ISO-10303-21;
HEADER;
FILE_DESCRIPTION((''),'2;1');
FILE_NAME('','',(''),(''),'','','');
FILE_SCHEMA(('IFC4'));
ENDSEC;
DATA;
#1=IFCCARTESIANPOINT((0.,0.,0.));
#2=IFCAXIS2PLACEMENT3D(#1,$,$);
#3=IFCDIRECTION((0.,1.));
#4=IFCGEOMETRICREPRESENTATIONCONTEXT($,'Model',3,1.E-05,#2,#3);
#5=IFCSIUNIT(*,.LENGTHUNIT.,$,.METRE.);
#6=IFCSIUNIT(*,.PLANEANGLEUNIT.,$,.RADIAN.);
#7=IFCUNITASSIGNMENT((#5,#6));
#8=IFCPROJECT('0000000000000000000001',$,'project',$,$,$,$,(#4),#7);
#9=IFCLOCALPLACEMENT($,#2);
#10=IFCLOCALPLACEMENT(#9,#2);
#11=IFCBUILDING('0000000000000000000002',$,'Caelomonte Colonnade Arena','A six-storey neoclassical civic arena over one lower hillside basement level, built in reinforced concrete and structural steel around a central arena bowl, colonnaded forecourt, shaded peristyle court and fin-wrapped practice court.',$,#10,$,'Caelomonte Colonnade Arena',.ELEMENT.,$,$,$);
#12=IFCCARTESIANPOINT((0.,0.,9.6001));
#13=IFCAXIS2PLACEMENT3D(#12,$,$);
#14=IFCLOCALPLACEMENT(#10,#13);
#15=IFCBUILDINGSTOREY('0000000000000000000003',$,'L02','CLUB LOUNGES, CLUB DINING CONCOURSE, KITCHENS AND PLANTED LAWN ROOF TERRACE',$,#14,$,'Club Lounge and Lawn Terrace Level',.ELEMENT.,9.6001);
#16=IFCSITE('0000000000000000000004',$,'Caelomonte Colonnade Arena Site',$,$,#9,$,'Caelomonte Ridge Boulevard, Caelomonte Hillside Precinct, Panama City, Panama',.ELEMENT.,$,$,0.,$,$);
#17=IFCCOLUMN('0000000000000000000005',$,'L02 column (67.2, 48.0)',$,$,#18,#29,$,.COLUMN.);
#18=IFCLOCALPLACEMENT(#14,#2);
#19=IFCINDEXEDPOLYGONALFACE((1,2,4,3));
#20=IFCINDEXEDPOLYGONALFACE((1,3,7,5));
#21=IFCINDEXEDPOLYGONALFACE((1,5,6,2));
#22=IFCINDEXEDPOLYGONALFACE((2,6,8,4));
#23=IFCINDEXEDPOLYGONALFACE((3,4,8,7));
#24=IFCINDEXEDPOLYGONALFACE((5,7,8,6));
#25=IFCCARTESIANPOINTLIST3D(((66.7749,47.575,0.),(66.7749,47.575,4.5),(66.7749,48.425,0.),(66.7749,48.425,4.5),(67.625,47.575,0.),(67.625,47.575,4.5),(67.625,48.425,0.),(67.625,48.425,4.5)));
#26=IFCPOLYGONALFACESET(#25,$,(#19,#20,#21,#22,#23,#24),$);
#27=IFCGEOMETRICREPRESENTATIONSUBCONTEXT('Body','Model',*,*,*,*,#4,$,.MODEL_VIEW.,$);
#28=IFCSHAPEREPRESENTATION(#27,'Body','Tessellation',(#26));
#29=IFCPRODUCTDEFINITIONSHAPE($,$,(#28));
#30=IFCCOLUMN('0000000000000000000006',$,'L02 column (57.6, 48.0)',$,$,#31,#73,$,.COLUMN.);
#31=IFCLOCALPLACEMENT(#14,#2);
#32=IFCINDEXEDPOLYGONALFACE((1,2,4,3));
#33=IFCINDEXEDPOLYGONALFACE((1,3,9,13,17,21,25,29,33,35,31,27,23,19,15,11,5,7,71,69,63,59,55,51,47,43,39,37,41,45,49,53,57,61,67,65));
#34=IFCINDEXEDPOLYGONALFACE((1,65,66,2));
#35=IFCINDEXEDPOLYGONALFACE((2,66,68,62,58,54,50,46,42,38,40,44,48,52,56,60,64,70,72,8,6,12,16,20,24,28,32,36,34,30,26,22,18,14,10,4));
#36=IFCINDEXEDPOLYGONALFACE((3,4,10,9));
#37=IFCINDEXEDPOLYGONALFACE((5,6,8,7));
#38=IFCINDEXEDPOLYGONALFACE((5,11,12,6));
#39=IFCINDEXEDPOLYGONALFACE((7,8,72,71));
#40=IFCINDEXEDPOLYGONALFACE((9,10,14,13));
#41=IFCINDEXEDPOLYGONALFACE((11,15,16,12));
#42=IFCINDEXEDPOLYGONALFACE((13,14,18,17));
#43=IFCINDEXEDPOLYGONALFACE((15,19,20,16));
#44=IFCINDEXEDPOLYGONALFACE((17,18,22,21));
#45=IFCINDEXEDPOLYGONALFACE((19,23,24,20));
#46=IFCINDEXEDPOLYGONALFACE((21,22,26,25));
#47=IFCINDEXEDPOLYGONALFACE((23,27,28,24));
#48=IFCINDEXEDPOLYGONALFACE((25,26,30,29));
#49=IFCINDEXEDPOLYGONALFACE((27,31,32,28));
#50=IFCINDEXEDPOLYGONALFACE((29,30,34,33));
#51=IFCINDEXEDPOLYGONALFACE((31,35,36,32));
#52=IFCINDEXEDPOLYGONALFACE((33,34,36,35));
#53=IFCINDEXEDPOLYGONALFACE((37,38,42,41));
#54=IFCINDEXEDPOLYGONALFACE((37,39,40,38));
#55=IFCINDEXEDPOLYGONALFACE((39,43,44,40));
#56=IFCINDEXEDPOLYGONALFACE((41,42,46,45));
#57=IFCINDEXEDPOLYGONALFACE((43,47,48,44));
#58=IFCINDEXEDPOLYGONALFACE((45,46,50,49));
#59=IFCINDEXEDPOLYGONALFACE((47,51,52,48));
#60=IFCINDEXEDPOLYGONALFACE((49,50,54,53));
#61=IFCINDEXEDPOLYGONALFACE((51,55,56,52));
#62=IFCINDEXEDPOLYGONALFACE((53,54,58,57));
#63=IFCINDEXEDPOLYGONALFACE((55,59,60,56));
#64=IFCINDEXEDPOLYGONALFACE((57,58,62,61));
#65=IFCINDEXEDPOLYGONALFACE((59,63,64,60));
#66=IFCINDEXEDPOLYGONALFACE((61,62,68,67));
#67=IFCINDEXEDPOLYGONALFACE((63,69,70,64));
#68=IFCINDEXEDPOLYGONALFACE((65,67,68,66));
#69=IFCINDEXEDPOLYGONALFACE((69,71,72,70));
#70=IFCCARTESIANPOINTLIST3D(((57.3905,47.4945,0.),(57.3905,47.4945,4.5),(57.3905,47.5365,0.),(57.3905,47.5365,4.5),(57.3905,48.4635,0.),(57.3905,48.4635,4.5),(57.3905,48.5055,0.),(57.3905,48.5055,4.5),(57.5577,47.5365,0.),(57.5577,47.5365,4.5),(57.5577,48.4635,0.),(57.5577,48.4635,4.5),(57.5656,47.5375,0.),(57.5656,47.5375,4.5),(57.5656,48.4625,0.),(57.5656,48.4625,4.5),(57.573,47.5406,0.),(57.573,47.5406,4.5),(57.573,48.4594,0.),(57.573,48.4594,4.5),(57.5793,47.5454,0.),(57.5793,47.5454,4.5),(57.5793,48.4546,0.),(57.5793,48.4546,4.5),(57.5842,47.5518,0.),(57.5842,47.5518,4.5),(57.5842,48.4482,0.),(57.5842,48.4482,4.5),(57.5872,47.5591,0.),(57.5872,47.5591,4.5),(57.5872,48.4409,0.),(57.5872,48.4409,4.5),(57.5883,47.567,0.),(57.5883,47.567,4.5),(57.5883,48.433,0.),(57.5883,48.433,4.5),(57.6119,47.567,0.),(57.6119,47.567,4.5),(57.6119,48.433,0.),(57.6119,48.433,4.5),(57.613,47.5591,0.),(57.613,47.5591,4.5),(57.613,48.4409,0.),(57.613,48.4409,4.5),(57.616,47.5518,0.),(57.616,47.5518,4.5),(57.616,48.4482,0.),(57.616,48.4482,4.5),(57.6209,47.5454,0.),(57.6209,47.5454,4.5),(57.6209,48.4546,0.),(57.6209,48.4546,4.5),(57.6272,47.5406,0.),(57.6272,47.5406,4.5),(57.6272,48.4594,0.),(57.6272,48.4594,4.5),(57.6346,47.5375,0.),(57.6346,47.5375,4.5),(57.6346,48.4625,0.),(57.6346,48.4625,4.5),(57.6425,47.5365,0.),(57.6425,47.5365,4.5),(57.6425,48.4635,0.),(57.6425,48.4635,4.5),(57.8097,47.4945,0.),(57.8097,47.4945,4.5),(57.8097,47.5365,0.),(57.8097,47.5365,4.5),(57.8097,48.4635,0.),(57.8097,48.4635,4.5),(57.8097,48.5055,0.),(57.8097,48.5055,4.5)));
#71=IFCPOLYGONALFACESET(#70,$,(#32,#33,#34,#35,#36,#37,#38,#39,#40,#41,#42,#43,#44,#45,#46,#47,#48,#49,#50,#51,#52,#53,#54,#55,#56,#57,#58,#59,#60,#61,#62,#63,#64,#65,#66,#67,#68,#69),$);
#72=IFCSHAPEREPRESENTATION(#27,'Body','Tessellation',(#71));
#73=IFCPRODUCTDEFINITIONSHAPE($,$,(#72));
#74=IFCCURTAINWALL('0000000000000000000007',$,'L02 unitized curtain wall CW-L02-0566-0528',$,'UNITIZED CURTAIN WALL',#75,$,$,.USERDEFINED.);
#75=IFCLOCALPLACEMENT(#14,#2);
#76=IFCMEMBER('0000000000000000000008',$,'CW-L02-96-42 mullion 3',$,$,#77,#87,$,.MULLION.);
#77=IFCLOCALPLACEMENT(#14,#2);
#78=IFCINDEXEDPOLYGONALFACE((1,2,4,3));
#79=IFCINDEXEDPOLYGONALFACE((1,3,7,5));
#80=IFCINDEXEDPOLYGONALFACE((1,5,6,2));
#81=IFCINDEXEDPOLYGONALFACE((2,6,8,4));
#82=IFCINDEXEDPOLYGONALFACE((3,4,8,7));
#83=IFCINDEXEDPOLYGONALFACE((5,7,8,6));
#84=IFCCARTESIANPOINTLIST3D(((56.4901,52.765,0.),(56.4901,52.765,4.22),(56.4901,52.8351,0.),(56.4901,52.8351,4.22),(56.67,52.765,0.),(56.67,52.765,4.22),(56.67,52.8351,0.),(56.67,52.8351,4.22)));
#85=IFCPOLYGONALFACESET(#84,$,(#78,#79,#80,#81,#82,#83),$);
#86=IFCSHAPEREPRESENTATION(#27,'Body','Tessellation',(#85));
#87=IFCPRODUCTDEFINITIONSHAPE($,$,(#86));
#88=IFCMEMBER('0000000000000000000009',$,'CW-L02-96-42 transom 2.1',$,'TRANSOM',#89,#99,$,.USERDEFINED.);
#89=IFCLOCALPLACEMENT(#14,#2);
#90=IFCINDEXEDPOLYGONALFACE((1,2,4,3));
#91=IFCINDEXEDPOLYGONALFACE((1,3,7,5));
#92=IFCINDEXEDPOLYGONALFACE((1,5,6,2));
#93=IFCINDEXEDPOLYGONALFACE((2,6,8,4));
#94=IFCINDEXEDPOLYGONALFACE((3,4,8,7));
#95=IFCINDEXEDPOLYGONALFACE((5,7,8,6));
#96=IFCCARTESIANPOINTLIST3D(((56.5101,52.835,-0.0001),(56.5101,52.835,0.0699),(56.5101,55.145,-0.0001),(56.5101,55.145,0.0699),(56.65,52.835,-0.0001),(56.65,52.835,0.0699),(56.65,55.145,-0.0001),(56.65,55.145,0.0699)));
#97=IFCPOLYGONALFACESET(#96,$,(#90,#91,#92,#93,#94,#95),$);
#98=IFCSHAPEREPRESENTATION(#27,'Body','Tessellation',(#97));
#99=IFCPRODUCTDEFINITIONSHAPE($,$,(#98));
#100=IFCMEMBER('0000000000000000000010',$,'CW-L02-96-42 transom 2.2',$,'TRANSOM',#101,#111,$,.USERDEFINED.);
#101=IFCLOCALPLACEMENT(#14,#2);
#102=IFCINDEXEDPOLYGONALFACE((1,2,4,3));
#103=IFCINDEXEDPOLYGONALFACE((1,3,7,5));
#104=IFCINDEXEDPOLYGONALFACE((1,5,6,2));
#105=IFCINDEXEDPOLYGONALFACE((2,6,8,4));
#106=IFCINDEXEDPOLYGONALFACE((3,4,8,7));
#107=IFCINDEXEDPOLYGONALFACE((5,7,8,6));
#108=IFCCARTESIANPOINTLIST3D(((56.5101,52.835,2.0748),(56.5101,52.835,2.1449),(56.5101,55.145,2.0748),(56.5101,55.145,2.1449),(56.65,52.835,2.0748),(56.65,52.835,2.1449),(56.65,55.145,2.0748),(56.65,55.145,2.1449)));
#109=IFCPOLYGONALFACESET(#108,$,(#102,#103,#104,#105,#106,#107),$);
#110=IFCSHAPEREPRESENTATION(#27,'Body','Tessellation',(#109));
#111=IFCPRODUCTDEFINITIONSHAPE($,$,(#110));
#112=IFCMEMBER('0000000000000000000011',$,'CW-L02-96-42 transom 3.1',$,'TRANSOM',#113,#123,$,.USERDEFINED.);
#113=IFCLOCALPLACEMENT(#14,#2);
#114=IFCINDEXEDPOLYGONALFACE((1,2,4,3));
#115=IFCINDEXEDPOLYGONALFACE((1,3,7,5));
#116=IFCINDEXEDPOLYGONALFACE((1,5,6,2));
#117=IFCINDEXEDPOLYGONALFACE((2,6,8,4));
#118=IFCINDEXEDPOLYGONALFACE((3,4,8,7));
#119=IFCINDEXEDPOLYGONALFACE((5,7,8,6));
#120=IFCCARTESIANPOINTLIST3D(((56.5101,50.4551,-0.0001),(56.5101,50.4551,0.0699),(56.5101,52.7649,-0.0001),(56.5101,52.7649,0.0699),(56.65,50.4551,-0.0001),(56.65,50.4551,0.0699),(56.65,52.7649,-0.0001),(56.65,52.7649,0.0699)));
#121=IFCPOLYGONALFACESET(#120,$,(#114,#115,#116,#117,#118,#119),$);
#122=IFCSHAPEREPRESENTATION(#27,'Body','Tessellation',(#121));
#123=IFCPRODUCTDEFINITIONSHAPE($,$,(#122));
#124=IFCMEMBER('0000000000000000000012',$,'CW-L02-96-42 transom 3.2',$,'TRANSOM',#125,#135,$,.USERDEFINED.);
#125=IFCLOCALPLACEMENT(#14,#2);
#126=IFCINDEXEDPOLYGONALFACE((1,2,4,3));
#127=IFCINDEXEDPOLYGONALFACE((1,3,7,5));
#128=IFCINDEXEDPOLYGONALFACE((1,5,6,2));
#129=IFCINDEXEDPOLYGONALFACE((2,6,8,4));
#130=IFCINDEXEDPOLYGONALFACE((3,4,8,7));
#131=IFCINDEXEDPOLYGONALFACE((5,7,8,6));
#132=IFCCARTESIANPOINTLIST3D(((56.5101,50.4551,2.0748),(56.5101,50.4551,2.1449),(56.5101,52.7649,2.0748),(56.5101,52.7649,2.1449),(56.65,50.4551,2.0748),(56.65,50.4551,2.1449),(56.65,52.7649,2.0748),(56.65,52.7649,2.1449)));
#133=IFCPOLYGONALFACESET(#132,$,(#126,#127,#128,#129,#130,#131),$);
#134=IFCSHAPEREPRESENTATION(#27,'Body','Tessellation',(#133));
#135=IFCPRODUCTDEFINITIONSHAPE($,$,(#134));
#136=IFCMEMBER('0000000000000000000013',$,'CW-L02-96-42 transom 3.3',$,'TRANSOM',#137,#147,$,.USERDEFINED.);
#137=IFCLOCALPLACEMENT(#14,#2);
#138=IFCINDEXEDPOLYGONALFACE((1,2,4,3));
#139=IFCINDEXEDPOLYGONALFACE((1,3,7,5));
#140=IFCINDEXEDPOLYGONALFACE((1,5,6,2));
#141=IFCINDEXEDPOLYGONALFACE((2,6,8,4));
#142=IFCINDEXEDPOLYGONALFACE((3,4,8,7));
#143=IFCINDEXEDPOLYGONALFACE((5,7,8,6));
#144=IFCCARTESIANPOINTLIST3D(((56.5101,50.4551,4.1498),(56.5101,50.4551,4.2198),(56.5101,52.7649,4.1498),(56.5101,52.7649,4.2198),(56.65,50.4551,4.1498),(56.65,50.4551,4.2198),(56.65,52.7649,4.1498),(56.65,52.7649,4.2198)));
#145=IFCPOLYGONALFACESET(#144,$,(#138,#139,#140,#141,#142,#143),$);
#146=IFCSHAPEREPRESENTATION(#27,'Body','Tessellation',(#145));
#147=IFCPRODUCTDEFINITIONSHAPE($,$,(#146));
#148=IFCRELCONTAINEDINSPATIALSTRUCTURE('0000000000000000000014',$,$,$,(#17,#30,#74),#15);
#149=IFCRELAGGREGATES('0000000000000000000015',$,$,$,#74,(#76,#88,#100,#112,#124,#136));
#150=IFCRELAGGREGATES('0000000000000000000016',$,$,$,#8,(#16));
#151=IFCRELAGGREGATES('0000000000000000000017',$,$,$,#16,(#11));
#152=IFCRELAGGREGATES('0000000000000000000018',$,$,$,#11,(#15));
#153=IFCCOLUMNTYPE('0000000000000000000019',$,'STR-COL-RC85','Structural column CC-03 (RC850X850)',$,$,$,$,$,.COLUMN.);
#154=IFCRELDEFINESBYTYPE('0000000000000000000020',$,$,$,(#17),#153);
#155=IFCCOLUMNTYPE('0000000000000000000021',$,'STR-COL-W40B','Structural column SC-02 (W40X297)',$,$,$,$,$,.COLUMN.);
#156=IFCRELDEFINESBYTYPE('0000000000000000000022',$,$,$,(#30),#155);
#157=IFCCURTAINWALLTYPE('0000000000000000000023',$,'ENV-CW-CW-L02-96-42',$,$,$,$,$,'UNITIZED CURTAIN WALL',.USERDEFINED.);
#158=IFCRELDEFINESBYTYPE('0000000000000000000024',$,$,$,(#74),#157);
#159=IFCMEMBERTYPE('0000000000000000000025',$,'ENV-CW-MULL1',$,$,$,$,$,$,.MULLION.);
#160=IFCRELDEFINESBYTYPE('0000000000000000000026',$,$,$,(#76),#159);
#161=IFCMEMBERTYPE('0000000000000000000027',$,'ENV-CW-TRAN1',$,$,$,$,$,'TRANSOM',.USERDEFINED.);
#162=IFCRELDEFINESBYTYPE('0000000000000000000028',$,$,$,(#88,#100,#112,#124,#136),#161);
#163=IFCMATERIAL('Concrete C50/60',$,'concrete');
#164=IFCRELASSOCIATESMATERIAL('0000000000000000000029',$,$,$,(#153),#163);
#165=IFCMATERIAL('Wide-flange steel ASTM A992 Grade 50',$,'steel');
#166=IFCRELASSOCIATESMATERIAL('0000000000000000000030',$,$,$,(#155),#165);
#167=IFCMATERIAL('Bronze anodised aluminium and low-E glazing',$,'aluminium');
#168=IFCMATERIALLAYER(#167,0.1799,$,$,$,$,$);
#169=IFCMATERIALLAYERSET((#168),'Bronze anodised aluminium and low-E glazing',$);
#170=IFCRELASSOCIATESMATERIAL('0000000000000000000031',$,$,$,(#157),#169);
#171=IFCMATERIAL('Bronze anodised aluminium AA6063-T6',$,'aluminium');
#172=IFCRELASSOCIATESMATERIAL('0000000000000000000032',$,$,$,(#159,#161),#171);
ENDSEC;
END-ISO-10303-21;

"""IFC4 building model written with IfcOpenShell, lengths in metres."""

from ifc_helpers import new_model, si_unit, direction, frame, origin, origin_2d, place, context, subcontext, project, spatial, rectangle, i_section, extrude, material, layer, layer_set, material_profile, profile_set, type_object, element, aggregate, save


model = new_model("IFC4")

# Units and contexts
model_context = context("Model", 3, precision=1e-05, world=origin(), true_north=direction((0.0, 1.0)))
body_context = subcontext(model_context, "Body", "Model", "MODEL_VIEW")
ifc_project = project(units=[si_unit("LENGTHUNIT", "METRE"), si_unit("PLANEANGLEUNIT", "RADIAN")], contexts=[model_context])

# Site, building, storey
site_placement = place(None, origin())
site = spatial("IfcSite", under=ifc_project, at=site_placement, Name="Caelomonte Colonnade Arena Site", LongName="Caelomonte Ridge Boulevard, Caelomonte Hillside Precinct, Panama City, Panama", CompositionType="ELEMENT", RefElevation=0.0)
building_placement = place(site_placement, origin())
building = spatial("IfcBuilding", under=site, at=building_placement, Name="Caelomonte Colonnade Arena", Description="A six-storey neoclassical civic arena over one lower hillside basement level, built in reinforced concrete and structural steel around a central arena bowl, colonnaded forecourt, shaded peristyle court and fin-wrapped practice court.", LongName="Caelomonte Colonnade Arena", CompositionType="ELEMENT")
storey_placement = place(building_placement, frame((0.0, 0.0, 9.6001)))
storey = spatial("IfcBuildingStorey", under=building, at=storey_placement, Name="L02", Description="CLUB LOUNGES, CLUB DINING CONCOURSE, KITCHENS AND PLANTED LAWN ROOF TERRACE", LongName="Club Lounge and Lawn Terrace Level", CompositionType="ELEMENT", Elevation=9.6001)

# Columns
ifc_material_1 = material(Name="Concrete C50/60", Category="concrete")
ifc_material_profile_1 = material_profile(ifc_material_1, rectangle(XDim=0.8501, YDim=0.8501, at=origin_2d()), Name="RC850X850")
ifc_profile_set_1 = profile_set([ifc_material_profile_1], Name="Concrete C50/60")
column_type_1 = type_object("IfcColumnType", Name="STR-COL-RC85", Description="Structural column CC-03 (RC850X850)", PredefinedType="COLUMN", material=ifc_profile_set_1)
column_1_placement = place(storey_placement, frame((67.2, 48.0, 0.0), z_axis=(0.0, 0.0, 1.0), x_axis=(1.0, 0.0, 0.0)))
element("IfcColumn", 1, at=column_1_placement, inside=storey, type_object=column_type_1, Name="L02 column (67.2, 48.0)", PredefinedType="COLUMN", context=body_context, shape_type="SweptSolid", body=[
    extrude(rectangle(XDim=0.8501, YDim=0.8501, at=origin_2d()), origin(), (0.0, 0.0, 1.0), 4.5),
])
ifc_material_2 = material(Name="Wide-flange steel ASTM A992 Grade 50", Category="steel")
ifc_material_profile_2 = material_profile(ifc_material_2, i_section(OverallWidth=0.4192, OverallDepth=1.011, WebThickness=0.0237, FlangeThickness=0.042, FilletRadius=0.0305, at=origin_2d()), Name="W40X297")
ifc_profile_set_2 = profile_set([ifc_material_profile_2], Name="Wide-flange steel ASTM A992 Grade 50")
column_type_2 = type_object("IfcColumnType", Name="STR-COL-W40B", Description="Structural column SC-02 (W40X297)", PredefinedType="COLUMN", material=ifc_profile_set_2)
column_2_placement = place(storey_placement, frame((57.6001, 48.0, 0.0), z_axis=(0.0, 0.0, 1.0), x_axis=(1.0, 0.0, 0.0)))
element("IfcColumn", 2, at=column_2_placement, inside=storey, type_object=column_type_2, Name="L02 column (57.6, 48.0)", PredefinedType="COLUMN", context=body_context, shape_type="SweptSolid", body=[
    extrude(i_section(OverallWidth=0.4192, OverallDepth=1.011, WebThickness=0.0237, FlangeThickness=0.042, FilletRadius=0.0305, at=origin_2d()), origin(), (0.0, 0.0, 1.0), 4.5),
])

# Curtain wall, members
ifc_material_3 = material(Name="Bronze anodised aluminium and low-E glazing", Category="aluminium")
ifc_layer_1 = layer(ifc_material_3, 0.1799)
ifc_layer_set_1 = layer_set([ifc_layer_1], Name="Bronze anodised aluminium and low-E glazing")
curtain_wall_type = type_object("IfcCurtainWallType", Name="ENV-CW-CW-L02-96-42", ElementType="UNITIZED CURTAIN WALL", PredefinedType="USERDEFINED", material=ifc_layer_set_1)
curtain_wall_placement = place(storey_placement, origin())
curtain_wall = element("IfcCurtainWall", 3, at=curtain_wall_placement, inside=storey, type_object=curtain_wall_type, Name="L02 unitized curtain wall CW-L02-0566-0528", ObjectType="UNITIZED CURTAIN WALL", PredefinedType="USERDEFINED")
ifc_material_4 = material(Name="Bronze anodised aluminium AA6063-T6", Category="aluminium")
ifc_material_profile_3 = material_profile(ifc_material_4, rectangle(XDim=0.0701, YDim=0.1799, at=origin_2d()), Name="CWM-70X180")
ifc_profile_set_3 = profile_set([ifc_material_profile_3], Name="Bronze anodised aluminium AA6063-T6")
member_type_1 = type_object("IfcMemberType", Name="ENV-CW-MULL1", PredefinedType="MULLION", material=ifc_profile_set_3)
member_1_placement = place(storey_placement, frame((56.5801, 52.8, 0.0), z_axis=(0.0, 0.0, 1.0), x_axis=(0.0, -1.0, 0.0)))
member_1 = element("IfcMember", 4, at=member_1_placement, type_object=member_type_1, Name="CW-L02-96-42 mullion 3", PredefinedType="MULLION", context=body_context, shape_type="SweptSolid", body=[
    extrude(rectangle(XDim=0.0701, YDim=0.1799, at=origin_2d()), origin(), (0.0, 0.0, 1.0), 4.22),
])
ifc_material_profile_4 = material_profile(ifc_material_4, rectangle(XDim=0.0701, YDim=0.1399, at=origin_2d()), Name="CWT-70X140")
ifc_profile_set_4 = profile_set([ifc_material_profile_4], Name="Bronze anodised aluminium AA6063-T6")
member_type_2 = type_object("IfcMemberType", Name="ENV-CW-TRAN1", ElementType="TRANSOM", PredefinedType="USERDEFINED", material=ifc_profile_set_4)
member_2_placement = place(storey_placement, frame((56.5801, 55.145, 0.0349), z_axis=(0.0, -1.0, 0.0), x_axis=(0.0, 0.0, 1.0)))
member_2 = element("IfcMember", 5, at=member_2_placement, type_object=member_type_2, Name="CW-L02-96-42 transom 2.1", ObjectType="TRANSOM", PredefinedType="USERDEFINED", context=body_context, shape_type="SweptSolid", body=[
    extrude(rectangle(XDim=0.0701, YDim=0.1399, at=origin_2d()), origin(), (0.0, 0.0, 1.0), 2.3101),
])
member_3_placement = place(storey_placement, frame((56.5801, 55.145, 2.1099), z_axis=(0.0, -1.0, 0.0), x_axis=(0.0, 0.0, 1.0)))
member_3 = element("IfcMember", 6, at=member_3_placement, type_object=member_type_2, Name="CW-L02-96-42 transom 2.2", ObjectType="TRANSOM", PredefinedType="USERDEFINED", context=body_context, shape_type="SweptSolid", body=[
    extrude(rectangle(XDim=0.0701, YDim=0.1399, at=origin_2d()), origin(), (0.0, 0.0, 1.0), 2.3101),
])
member_4_placement = place(storey_placement, frame((56.5801, 52.7649, 0.0349), z_axis=(0.0, -1.0, 0.0), x_axis=(0.0, 0.0, 1.0)))
member_4 = element("IfcMember", 7, at=member_4_placement, type_object=member_type_2, Name="CW-L02-96-42 transom 3.1", ObjectType="TRANSOM", PredefinedType="USERDEFINED", context=body_context, shape_type="SweptSolid", body=[
    extrude(rectangle(XDim=0.0701, YDim=0.1399, at=origin_2d()), origin(), (0.0, 0.0, 1.0), 2.3098),
])
member_5_placement = place(storey_placement, frame((56.5801, 52.7649, 2.1099), z_axis=(0.0, -1.0, 0.0), x_axis=(0.0, 0.0, 1.0)))
member_5 = element("IfcMember", 8, at=member_5_placement, type_object=member_type_2, Name="CW-L02-96-42 transom 3.2", ObjectType="TRANSOM", PredefinedType="USERDEFINED", context=body_context, shape_type="SweptSolid", body=[
    extrude(rectangle(XDim=0.0701, YDim=0.1399, at=origin_2d()), origin(), (0.0, 0.0, 1.0), 2.3098),
])
member_6_placement = place(storey_placement, frame((56.5801, 52.7649, 4.1848), z_axis=(0.0, -1.0, 0.0), x_axis=(0.0, 0.0, 1.0)))
member_6 = element("IfcMember", 9, at=member_6_placement, type_object=member_type_2, Name="CW-L02-96-42 transom 3.3", ObjectType="TRANSOM", PredefinedType="USERDEFINED", context=body_context, shape_type="SweptSolid", body=[
    extrude(rectangle(XDim=0.0701, YDim=0.1399, at=origin_2d()), origin(), (0.0, 0.0, 1.0), 2.3098),
])

aggregate(curtain_wall, [member_1, member_2, member_3, member_4, member_5, member_6])

save(model, "model.ifc")
